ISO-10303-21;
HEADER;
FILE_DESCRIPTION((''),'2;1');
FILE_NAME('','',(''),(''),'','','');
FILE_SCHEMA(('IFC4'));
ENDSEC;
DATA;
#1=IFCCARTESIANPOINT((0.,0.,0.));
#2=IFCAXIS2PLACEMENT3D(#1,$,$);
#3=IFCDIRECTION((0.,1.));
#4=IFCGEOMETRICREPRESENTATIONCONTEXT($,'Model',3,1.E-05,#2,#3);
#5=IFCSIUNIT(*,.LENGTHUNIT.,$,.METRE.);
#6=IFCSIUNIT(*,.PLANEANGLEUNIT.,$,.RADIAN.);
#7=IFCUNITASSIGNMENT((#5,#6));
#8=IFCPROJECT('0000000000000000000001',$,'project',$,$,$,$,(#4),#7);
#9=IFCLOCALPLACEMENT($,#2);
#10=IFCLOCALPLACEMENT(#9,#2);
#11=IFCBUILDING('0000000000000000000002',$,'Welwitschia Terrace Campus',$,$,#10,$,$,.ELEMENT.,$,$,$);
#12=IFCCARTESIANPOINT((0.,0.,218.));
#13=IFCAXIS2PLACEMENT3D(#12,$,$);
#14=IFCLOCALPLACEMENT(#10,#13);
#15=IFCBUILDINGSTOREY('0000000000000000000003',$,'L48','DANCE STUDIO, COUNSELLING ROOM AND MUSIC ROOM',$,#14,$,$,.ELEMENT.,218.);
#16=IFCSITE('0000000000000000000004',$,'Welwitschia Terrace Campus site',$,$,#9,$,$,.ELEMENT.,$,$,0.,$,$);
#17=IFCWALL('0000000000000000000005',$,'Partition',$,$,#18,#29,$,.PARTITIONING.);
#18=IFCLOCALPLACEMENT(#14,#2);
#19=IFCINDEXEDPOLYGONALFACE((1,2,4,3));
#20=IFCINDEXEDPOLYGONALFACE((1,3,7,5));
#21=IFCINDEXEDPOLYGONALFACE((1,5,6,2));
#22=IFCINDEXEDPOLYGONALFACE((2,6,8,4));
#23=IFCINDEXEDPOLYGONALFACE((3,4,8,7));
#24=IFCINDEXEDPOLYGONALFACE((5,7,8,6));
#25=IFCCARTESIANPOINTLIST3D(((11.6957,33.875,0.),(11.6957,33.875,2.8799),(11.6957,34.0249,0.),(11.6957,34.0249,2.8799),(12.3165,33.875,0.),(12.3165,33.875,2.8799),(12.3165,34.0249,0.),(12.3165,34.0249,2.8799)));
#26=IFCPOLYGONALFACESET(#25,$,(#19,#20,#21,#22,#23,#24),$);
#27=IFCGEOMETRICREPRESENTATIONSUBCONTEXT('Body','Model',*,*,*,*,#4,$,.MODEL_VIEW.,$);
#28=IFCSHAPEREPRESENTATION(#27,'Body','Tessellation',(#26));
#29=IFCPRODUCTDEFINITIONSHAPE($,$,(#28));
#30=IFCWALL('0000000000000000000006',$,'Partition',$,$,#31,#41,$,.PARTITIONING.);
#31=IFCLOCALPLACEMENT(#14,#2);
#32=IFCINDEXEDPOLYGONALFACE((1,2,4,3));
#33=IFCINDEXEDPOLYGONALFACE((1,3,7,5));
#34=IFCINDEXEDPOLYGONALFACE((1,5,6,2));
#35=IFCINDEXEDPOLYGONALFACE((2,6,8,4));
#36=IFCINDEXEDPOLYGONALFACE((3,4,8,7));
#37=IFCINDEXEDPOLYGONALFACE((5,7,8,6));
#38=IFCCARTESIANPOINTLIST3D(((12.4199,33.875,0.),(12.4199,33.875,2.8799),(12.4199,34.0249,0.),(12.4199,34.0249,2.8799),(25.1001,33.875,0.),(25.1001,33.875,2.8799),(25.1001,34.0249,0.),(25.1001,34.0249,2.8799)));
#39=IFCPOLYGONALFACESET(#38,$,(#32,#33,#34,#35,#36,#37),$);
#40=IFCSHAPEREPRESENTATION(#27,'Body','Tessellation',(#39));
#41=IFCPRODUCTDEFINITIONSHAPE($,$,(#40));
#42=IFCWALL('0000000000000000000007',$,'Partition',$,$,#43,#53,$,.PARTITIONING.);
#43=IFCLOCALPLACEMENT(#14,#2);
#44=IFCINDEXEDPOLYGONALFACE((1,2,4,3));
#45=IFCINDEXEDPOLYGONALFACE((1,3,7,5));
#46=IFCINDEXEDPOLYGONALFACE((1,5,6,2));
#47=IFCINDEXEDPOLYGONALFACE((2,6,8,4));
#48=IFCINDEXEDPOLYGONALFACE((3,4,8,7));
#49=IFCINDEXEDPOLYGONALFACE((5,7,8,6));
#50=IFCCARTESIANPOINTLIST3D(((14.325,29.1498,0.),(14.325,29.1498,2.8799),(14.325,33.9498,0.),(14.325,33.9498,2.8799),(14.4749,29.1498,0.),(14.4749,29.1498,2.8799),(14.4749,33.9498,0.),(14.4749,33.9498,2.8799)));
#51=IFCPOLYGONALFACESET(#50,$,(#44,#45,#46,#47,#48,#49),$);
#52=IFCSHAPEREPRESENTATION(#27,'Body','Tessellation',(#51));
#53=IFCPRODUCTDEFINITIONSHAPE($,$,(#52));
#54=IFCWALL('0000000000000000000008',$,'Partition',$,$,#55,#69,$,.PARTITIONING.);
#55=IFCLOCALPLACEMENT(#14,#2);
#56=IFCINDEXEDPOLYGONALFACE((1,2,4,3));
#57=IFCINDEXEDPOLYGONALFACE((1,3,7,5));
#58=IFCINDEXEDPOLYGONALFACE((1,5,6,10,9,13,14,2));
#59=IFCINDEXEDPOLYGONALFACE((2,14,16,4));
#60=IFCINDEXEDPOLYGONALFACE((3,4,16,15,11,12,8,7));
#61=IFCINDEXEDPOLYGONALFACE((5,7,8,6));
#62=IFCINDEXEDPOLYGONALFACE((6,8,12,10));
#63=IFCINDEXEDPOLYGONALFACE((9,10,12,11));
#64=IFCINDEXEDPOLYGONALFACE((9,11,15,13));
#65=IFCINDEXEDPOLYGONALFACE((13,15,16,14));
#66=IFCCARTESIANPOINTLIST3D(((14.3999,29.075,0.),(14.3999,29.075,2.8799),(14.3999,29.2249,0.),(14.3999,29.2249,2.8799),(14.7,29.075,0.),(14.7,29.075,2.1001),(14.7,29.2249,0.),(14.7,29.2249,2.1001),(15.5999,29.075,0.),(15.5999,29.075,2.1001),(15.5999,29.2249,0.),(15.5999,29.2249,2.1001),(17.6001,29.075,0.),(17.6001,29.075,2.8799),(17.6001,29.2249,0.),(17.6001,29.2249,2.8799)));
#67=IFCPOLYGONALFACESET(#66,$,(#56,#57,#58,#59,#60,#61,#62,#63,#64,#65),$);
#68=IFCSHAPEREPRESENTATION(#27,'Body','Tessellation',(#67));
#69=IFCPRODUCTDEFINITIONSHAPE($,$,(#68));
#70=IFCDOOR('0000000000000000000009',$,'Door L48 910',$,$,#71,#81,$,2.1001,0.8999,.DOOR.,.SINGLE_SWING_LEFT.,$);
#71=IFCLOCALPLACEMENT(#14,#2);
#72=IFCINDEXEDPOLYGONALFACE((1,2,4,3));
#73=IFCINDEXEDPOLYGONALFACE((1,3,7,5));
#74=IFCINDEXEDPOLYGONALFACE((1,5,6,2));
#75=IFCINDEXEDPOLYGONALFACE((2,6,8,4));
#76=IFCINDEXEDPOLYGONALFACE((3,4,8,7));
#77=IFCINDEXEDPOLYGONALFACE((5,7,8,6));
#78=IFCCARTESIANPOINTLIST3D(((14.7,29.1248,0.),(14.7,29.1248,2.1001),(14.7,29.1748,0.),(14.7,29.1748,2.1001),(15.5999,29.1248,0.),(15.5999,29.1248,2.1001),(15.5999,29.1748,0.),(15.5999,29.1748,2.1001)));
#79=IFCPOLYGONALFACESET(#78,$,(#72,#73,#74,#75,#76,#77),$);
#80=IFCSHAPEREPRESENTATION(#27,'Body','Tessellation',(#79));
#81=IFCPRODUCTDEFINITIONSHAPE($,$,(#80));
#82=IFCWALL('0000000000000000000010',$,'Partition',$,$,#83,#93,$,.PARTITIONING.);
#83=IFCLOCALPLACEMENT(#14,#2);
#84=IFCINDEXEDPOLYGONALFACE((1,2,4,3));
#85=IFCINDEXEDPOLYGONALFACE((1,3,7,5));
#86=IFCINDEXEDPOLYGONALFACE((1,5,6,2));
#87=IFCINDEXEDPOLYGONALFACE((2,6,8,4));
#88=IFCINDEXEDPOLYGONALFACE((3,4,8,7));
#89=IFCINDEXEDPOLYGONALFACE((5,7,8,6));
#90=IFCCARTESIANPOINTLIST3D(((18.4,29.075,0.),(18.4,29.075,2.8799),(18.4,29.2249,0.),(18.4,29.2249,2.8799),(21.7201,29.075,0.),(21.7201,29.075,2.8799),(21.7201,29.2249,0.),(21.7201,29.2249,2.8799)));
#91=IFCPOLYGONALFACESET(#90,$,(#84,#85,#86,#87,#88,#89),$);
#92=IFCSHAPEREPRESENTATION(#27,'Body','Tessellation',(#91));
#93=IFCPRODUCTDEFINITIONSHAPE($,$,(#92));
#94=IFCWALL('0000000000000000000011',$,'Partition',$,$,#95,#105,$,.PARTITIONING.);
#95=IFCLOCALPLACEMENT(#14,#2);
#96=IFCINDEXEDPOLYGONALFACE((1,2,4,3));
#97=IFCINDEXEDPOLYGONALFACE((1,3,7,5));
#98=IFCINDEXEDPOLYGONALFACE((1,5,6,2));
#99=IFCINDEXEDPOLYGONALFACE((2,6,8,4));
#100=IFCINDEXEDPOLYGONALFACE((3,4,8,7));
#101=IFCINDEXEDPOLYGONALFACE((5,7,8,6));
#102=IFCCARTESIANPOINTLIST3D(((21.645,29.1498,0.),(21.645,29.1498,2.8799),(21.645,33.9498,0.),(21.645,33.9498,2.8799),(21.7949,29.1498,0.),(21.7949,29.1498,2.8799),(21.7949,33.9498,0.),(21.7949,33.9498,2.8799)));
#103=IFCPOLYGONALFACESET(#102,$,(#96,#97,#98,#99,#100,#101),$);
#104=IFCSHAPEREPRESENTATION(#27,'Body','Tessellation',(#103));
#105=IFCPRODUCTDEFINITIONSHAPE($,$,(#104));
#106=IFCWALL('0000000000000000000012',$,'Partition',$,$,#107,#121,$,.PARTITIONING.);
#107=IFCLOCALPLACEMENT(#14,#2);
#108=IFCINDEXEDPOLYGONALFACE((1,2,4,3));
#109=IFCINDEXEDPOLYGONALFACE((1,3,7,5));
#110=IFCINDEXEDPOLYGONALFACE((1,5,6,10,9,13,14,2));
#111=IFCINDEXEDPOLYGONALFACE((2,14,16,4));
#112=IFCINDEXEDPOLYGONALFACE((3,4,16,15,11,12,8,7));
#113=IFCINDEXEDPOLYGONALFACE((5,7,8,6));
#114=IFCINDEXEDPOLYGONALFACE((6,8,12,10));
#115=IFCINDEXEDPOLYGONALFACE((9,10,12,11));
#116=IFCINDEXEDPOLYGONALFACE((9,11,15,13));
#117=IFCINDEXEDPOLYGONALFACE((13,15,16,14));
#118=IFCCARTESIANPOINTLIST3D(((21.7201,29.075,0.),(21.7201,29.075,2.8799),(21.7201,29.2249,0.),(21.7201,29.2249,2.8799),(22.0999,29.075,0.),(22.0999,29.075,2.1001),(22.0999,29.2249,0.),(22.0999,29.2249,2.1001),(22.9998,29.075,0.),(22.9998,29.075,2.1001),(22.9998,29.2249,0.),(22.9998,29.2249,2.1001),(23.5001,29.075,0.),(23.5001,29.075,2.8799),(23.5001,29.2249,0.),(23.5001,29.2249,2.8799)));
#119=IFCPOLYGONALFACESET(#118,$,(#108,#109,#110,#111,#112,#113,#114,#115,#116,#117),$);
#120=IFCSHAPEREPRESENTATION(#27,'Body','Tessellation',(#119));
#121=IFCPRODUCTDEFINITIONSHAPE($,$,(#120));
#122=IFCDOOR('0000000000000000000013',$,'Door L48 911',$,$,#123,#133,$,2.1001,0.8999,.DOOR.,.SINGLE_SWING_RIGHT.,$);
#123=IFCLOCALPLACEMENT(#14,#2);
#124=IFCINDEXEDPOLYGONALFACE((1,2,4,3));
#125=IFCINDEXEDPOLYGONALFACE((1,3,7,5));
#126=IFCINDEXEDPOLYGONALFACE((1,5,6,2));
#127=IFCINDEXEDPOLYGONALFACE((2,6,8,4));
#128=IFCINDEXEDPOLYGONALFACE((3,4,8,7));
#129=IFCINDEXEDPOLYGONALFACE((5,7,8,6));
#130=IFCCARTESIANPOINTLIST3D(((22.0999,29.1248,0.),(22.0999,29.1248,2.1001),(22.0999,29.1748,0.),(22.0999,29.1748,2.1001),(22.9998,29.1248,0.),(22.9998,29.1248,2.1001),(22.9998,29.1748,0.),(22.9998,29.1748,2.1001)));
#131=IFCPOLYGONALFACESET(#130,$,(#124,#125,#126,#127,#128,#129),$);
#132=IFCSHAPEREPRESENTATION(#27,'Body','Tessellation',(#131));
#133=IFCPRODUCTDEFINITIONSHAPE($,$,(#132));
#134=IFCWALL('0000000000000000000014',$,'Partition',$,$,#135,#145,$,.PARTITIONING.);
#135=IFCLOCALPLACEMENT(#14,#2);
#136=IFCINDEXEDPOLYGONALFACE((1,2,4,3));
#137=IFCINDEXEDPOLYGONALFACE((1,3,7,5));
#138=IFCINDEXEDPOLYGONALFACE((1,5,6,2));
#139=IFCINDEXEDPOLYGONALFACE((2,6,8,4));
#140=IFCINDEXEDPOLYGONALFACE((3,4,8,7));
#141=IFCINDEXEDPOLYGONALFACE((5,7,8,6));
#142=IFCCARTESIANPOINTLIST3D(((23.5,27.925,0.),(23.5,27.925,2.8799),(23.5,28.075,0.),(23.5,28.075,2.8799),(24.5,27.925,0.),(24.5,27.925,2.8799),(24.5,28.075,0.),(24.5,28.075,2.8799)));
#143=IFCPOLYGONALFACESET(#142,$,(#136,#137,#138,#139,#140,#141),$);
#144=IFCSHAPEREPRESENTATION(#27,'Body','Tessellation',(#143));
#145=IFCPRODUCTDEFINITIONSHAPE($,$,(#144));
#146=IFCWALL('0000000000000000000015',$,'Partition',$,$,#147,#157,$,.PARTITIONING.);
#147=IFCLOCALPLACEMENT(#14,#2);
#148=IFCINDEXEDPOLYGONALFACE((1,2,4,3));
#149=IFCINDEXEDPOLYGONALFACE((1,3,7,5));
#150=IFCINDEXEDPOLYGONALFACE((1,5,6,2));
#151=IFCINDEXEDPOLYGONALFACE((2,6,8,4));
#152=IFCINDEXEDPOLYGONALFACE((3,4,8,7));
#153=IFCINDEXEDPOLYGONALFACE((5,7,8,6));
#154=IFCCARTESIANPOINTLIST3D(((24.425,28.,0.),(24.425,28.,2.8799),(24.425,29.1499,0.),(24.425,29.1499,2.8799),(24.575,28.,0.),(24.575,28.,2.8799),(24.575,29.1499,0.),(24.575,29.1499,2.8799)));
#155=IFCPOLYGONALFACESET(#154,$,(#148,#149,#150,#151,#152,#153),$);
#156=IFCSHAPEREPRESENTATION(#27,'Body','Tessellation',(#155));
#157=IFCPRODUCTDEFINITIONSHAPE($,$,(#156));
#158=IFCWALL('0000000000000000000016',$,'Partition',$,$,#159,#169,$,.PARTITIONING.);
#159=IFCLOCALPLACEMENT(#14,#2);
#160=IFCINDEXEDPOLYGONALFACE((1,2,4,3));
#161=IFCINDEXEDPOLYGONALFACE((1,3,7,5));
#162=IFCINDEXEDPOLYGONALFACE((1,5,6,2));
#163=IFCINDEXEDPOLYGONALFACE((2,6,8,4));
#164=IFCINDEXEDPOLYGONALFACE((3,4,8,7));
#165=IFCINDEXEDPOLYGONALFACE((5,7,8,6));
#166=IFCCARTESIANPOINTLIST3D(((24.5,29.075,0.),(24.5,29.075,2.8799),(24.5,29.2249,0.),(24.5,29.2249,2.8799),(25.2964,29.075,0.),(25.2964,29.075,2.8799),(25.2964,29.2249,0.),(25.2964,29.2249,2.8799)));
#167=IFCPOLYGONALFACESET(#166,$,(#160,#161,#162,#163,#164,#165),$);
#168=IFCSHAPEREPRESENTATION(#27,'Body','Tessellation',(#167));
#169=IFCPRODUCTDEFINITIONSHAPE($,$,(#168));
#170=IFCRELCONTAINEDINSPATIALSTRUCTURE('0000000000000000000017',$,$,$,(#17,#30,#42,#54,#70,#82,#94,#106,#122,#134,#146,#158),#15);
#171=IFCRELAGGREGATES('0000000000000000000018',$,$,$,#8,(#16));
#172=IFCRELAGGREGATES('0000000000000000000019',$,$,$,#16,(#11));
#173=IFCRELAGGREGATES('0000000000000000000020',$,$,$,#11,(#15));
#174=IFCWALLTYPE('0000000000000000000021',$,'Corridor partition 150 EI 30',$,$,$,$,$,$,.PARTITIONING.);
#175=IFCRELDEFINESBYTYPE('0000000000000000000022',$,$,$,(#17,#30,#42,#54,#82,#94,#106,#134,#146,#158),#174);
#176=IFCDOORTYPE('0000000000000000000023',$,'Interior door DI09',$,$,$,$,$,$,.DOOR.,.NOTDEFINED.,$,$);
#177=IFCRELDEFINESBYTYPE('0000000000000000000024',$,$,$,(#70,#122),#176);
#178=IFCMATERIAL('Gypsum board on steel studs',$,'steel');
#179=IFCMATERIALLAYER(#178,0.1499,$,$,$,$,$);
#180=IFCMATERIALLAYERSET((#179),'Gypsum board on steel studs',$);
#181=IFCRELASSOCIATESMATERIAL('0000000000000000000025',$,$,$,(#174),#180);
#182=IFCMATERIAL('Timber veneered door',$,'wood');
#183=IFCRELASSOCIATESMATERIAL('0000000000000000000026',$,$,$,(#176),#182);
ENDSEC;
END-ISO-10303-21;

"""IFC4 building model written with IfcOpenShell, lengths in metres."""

from ifc_helpers import new_model, si_unit, direction, frame, frame_2d, origin, place, context, subcontext, project, spatial, rectangle, extrude, material, layer, layer_set, type_object, element, fill, save


model = new_model("IFC4")

# Units and contexts
model_context = context("Model", 3, precision=1e-05, world=origin(), true_north=direction((0.0, 1.0)))
body_context = subcontext(model_context, "Body", "Model", "MODEL_VIEW")
ifc_project = project(units=[si_unit("LENGTHUNIT", "METRE"), si_unit("PLANEANGLEUNIT", "RADIAN")], contexts=[model_context])

# Site, building, storey
site_placement = place(None, origin())
site = spatial("IfcSite", under=ifc_project, at=site_placement, Name="Welwitschia Terrace Campus site", CompositionType="ELEMENT", RefElevation=0.0)
building_placement = place(site_placement, origin())
building = spatial("IfcBuilding", under=site, at=building_placement, Name="Welwitschia Terrace Campus", CompositionType="ELEMENT")
storey_placement = place(building_placement, frame((0.0, 0.0, 218.0)))
storey = spatial("IfcBuildingStorey", under=building, at=storey_placement, Name="L48", Description="DANCE STUDIO, COUNSELLING ROOM AND MUSIC ROOM", CompositionType="ELEMENT", Elevation=218.0)

# Shared definitions
ifc_material_1 = material(Name="Gypsum board on steel studs", Category="steel")
ifc_layer_1 = layer(ifc_material_1, 0.1499)
ifc_layer_set_1 = layer_set([ifc_layer_1], Name="Gypsum board on steel studs")
wall_type = type_object("IfcWallType", Name="Corridor partition 150 EI 30", PredefinedType="PARTITIONING", material=ifc_layer_set_1)

# Shared definitions
ifc_material_2 = material(Name="Timber veneered door", Category="wood")
door_type = type_object("IfcDoorType", Name="Interior door DI09", OperationType="NOTDEFINED", PredefinedType="DOOR", material=ifc_material_2)

# Walls
wall_1_placement = place(storey_placement, frame((11.6956, 33.95, 0.0), z_axis=(0.0, 0.0, 1.0), x_axis=(1.0, 0.0, 0.0)))
element("IfcWall", 1, at=wall_1_placement, inside=storey, type_object=wall_type, Name="Partition", PredefinedType="PARTITIONING", context=body_context, shape_type="SweptSolid", body=[
    extrude(rectangle(XDim=0.6208, YDim=0.1499, at=frame_2d((0.3105, 0.0))), origin(), (0.0, 0.0, 1.0), 2.8799),
])
wall_2_placement = place(storey_placement, frame((12.4199, 33.95, 0.0), z_axis=(0.0, 0.0, 1.0), x_axis=(1.0, 0.0, 0.0)))
element("IfcWall", 2, at=wall_2_placement, inside=storey, type_object=wall_type, Name="Partition", PredefinedType="PARTITIONING", context=body_context, shape_type="SweptSolid", body=[
    extrude(rectangle(XDim=12.6802, YDim=0.1499, at=frame_2d((6.3401, 0.0))), origin(), (0.0, 0.0, 1.0), 2.8799),
])
wall_3_placement = place(storey_placement, frame((14.3999, 29.1499, 0.0), z_axis=(0.0, 0.0, 1.0), x_axis=(0.0, 1.0, 0.0)))
element("IfcWall", 3, at=wall_3_placement, inside=storey, type_object=wall_type, Name="Partition", PredefinedType="PARTITIONING", context=body_context, shape_type="SweptSolid", body=[
    extrude(rectangle(XDim=4.8, YDim=0.1499, at=frame_2d((2.3999, 0.0))), origin(), (0.0, 0.0, 1.0), 2.8799),
])

# Wall, opening, door
wall_4_placement = place(storey_placement, frame((14.3999, 29.1499, 0.0), z_axis=(0.0, 0.0, 1.0), x_axis=(1.0, 0.0, 0.0)))
wall_4 = element("IfcWall", 4, at=wall_4_placement, inside=storey, type_object=wall_type, Name="Partition", PredefinedType="PARTITIONING", context=body_context, shape_type="SweptSolid", body=[
    extrude(rectangle(XDim=3.2002, YDim=0.1499, at=frame_2d((1.6001, 0.0))), origin(), (0.0, 0.0, 1.0), 2.8799),
])
opening_1_placement = place(wall_4_placement, frame((0.3, 0.0, 0.0)))
opening_1 = element("IfcOpeningElement", 5, at=opening_1_placement, cuts=wall_4, PredefinedType="OPENING", context=body_context, shape_type="SweptSolid", body=[
    extrude(rectangle(XDim=0.8999, YDim=2.1001, at=frame_2d((0.45, 1.05))), frame((0.0, 0.085, 0.0), z_axis=(0.0, -1.0, 0.0), x_axis=(1.0, 0.0, 0.0)), (0.0, 0.0, 1.0), 0.1699),
])
door_1_placement = place(opening_1_placement, origin())
door_1 = element("IfcDoor", 6, at=door_1_placement, inside=storey, type_object=door_type, Name="Door L48 910", OperationType="SINGLE_SWING_LEFT", OverallHeight=2.1001, OverallWidth=0.8999, PredefinedType="DOOR", context=body_context, shape_type="SweptSolid", body=[
    extrude(rectangle(XDim=0.8999, YDim=2.1001, at=frame_2d((0.45, 1.05))), frame((0.0, 0.0249, 0.0), z_axis=(0.0, -1.0, 0.0), x_axis=(1.0, 0.0, 0.0)), (0.0, 0.0, 1.0), 0.05),
])
fill(opening_1, door_1)

# Walls
wall_5_placement = place(storey_placement, frame((18.3999, 29.1499, 0.0), z_axis=(0.0, 0.0, 1.0), x_axis=(1.0, 0.0, 0.0)))
element("IfcWall", 7, at=wall_5_placement, inside=storey, type_object=wall_type, Name="Partition", PredefinedType="PARTITIONING", context=body_context, shape_type="SweptSolid", body=[
    extrude(rectangle(XDim=3.3201, YDim=0.1499, at=frame_2d((1.6602, 0.0))), origin(), (0.0, 0.0, 1.0), 2.8799),
])
wall_6_placement = place(storey_placement, frame((21.72, 29.1499, 0.0), z_axis=(0.0, 0.0, 1.0), x_axis=(0.0, 1.0, 0.0)))
element("IfcWall", 8, at=wall_6_placement, inside=storey, type_object=wall_type, Name="Partition", PredefinedType="PARTITIONING", context=body_context, shape_type="SweptSolid", body=[
    extrude(rectangle(XDim=4.8, YDim=0.1499, at=frame_2d((2.3999, 0.0))), origin(), (0.0, 0.0, 1.0), 2.8799),
])

# Wall, opening, door
wall_7_placement = place(storey_placement, frame((21.72, 29.1499, 0.0), z_axis=(0.0, 0.0, 1.0), x_axis=(1.0, 0.0, 0.0)))
wall_7 = element("IfcWall", 9, at=wall_7_placement, inside=storey, type_object=wall_type, Name="Partition", PredefinedType="PARTITIONING", context=body_context, shape_type="SweptSolid", body=[
    extrude(rectangle(XDim=1.78, YDim=0.1499, at=frame_2d((0.8901, 0.0))), origin(), (0.0, 0.0, 1.0), 2.8799),
])
opening_2_placement = place(wall_7_placement, frame((0.3799, 0.0, 0.0)))
opening_2 = element("IfcOpeningElement", 10, at=opening_2_placement, cuts=wall_7, PredefinedType="OPENING", context=body_context, shape_type="SweptSolid", body=[
    extrude(rectangle(XDim=0.8999, YDim=2.1001, at=frame_2d((0.45, 1.05))), frame((0.0, 0.085, 0.0), z_axis=(0.0, -1.0, 0.0), x_axis=(1.0, 0.0, 0.0)), (0.0, 0.0, 1.0), 0.1699),
])
door_2_placement = place(opening_2_placement, origin())
door_2 = element("IfcDoor", 11, at=door_2_placement, inside=storey, type_object=door_type, Name="Door L48 911", OperationType="SINGLE_SWING_RIGHT", OverallHeight=2.1001, OverallWidth=0.8999, PredefinedType="DOOR", context=body_context, shape_type="SweptSolid", body=[
    extrude(rectangle(XDim=0.8999, YDim=2.1001, at=frame_2d((0.45, 1.05))), frame((0.0, 0.0249, 0.0), z_axis=(0.0, -1.0, 0.0), x_axis=(1.0, 0.0, 0.0)), (0.0, 0.0, 1.0), 0.05),
])
fill(opening_2, door_2)

# Walls
wall_8_placement = place(storey_placement, frame((23.5, 28.0, 0.0), z_axis=(0.0, 0.0, 1.0), x_axis=(1.0, 0.0, 0.0)))
element("IfcWall", 12, at=wall_8_placement, inside=storey, type_object=wall_type, Name="Partition", PredefinedType="PARTITIONING", context=body_context, shape_type="SweptSolid", body=[
    extrude(rectangle(XDim=1.0, YDim=0.1499, at=frame_2d((0.5, 0.0))), origin(), (0.0, 0.0, 1.0), 2.8799),
])
wall_9_placement = place(storey_placement, frame((24.5, 28.0, 0.0), z_axis=(0.0, 0.0, 1.0), x_axis=(0.0, 1.0, 0.0)))
element("IfcWall", 13, at=wall_9_placement, inside=storey, type_object=wall_type, Name="Partition", PredefinedType="PARTITIONING", context=body_context, shape_type="SweptSolid", body=[
    extrude(rectangle(XDim=1.1499, YDim=0.1499, at=frame_2d((0.575, 0.0))), origin(), (0.0, 0.0, 1.0), 2.8799),
])
wall_10_placement = place(storey_placement, frame((24.5, 29.1499, 0.0), z_axis=(0.0, 0.0, 1.0), x_axis=(1.0, 0.0, 0.0)))
element("IfcWall", 14, at=wall_10_placement, inside=storey, type_object=wall_type, Name="Partition", PredefinedType="PARTITIONING", context=body_context, shape_type="SweptSolid", body=[
    extrude(rectangle(XDim=0.7964, YDim=0.1499, at=frame_2d((0.3982, 0.0))), origin(), (0.0, 0.0, 1.0), 2.8799),
])

save(model, "model.ifc")
